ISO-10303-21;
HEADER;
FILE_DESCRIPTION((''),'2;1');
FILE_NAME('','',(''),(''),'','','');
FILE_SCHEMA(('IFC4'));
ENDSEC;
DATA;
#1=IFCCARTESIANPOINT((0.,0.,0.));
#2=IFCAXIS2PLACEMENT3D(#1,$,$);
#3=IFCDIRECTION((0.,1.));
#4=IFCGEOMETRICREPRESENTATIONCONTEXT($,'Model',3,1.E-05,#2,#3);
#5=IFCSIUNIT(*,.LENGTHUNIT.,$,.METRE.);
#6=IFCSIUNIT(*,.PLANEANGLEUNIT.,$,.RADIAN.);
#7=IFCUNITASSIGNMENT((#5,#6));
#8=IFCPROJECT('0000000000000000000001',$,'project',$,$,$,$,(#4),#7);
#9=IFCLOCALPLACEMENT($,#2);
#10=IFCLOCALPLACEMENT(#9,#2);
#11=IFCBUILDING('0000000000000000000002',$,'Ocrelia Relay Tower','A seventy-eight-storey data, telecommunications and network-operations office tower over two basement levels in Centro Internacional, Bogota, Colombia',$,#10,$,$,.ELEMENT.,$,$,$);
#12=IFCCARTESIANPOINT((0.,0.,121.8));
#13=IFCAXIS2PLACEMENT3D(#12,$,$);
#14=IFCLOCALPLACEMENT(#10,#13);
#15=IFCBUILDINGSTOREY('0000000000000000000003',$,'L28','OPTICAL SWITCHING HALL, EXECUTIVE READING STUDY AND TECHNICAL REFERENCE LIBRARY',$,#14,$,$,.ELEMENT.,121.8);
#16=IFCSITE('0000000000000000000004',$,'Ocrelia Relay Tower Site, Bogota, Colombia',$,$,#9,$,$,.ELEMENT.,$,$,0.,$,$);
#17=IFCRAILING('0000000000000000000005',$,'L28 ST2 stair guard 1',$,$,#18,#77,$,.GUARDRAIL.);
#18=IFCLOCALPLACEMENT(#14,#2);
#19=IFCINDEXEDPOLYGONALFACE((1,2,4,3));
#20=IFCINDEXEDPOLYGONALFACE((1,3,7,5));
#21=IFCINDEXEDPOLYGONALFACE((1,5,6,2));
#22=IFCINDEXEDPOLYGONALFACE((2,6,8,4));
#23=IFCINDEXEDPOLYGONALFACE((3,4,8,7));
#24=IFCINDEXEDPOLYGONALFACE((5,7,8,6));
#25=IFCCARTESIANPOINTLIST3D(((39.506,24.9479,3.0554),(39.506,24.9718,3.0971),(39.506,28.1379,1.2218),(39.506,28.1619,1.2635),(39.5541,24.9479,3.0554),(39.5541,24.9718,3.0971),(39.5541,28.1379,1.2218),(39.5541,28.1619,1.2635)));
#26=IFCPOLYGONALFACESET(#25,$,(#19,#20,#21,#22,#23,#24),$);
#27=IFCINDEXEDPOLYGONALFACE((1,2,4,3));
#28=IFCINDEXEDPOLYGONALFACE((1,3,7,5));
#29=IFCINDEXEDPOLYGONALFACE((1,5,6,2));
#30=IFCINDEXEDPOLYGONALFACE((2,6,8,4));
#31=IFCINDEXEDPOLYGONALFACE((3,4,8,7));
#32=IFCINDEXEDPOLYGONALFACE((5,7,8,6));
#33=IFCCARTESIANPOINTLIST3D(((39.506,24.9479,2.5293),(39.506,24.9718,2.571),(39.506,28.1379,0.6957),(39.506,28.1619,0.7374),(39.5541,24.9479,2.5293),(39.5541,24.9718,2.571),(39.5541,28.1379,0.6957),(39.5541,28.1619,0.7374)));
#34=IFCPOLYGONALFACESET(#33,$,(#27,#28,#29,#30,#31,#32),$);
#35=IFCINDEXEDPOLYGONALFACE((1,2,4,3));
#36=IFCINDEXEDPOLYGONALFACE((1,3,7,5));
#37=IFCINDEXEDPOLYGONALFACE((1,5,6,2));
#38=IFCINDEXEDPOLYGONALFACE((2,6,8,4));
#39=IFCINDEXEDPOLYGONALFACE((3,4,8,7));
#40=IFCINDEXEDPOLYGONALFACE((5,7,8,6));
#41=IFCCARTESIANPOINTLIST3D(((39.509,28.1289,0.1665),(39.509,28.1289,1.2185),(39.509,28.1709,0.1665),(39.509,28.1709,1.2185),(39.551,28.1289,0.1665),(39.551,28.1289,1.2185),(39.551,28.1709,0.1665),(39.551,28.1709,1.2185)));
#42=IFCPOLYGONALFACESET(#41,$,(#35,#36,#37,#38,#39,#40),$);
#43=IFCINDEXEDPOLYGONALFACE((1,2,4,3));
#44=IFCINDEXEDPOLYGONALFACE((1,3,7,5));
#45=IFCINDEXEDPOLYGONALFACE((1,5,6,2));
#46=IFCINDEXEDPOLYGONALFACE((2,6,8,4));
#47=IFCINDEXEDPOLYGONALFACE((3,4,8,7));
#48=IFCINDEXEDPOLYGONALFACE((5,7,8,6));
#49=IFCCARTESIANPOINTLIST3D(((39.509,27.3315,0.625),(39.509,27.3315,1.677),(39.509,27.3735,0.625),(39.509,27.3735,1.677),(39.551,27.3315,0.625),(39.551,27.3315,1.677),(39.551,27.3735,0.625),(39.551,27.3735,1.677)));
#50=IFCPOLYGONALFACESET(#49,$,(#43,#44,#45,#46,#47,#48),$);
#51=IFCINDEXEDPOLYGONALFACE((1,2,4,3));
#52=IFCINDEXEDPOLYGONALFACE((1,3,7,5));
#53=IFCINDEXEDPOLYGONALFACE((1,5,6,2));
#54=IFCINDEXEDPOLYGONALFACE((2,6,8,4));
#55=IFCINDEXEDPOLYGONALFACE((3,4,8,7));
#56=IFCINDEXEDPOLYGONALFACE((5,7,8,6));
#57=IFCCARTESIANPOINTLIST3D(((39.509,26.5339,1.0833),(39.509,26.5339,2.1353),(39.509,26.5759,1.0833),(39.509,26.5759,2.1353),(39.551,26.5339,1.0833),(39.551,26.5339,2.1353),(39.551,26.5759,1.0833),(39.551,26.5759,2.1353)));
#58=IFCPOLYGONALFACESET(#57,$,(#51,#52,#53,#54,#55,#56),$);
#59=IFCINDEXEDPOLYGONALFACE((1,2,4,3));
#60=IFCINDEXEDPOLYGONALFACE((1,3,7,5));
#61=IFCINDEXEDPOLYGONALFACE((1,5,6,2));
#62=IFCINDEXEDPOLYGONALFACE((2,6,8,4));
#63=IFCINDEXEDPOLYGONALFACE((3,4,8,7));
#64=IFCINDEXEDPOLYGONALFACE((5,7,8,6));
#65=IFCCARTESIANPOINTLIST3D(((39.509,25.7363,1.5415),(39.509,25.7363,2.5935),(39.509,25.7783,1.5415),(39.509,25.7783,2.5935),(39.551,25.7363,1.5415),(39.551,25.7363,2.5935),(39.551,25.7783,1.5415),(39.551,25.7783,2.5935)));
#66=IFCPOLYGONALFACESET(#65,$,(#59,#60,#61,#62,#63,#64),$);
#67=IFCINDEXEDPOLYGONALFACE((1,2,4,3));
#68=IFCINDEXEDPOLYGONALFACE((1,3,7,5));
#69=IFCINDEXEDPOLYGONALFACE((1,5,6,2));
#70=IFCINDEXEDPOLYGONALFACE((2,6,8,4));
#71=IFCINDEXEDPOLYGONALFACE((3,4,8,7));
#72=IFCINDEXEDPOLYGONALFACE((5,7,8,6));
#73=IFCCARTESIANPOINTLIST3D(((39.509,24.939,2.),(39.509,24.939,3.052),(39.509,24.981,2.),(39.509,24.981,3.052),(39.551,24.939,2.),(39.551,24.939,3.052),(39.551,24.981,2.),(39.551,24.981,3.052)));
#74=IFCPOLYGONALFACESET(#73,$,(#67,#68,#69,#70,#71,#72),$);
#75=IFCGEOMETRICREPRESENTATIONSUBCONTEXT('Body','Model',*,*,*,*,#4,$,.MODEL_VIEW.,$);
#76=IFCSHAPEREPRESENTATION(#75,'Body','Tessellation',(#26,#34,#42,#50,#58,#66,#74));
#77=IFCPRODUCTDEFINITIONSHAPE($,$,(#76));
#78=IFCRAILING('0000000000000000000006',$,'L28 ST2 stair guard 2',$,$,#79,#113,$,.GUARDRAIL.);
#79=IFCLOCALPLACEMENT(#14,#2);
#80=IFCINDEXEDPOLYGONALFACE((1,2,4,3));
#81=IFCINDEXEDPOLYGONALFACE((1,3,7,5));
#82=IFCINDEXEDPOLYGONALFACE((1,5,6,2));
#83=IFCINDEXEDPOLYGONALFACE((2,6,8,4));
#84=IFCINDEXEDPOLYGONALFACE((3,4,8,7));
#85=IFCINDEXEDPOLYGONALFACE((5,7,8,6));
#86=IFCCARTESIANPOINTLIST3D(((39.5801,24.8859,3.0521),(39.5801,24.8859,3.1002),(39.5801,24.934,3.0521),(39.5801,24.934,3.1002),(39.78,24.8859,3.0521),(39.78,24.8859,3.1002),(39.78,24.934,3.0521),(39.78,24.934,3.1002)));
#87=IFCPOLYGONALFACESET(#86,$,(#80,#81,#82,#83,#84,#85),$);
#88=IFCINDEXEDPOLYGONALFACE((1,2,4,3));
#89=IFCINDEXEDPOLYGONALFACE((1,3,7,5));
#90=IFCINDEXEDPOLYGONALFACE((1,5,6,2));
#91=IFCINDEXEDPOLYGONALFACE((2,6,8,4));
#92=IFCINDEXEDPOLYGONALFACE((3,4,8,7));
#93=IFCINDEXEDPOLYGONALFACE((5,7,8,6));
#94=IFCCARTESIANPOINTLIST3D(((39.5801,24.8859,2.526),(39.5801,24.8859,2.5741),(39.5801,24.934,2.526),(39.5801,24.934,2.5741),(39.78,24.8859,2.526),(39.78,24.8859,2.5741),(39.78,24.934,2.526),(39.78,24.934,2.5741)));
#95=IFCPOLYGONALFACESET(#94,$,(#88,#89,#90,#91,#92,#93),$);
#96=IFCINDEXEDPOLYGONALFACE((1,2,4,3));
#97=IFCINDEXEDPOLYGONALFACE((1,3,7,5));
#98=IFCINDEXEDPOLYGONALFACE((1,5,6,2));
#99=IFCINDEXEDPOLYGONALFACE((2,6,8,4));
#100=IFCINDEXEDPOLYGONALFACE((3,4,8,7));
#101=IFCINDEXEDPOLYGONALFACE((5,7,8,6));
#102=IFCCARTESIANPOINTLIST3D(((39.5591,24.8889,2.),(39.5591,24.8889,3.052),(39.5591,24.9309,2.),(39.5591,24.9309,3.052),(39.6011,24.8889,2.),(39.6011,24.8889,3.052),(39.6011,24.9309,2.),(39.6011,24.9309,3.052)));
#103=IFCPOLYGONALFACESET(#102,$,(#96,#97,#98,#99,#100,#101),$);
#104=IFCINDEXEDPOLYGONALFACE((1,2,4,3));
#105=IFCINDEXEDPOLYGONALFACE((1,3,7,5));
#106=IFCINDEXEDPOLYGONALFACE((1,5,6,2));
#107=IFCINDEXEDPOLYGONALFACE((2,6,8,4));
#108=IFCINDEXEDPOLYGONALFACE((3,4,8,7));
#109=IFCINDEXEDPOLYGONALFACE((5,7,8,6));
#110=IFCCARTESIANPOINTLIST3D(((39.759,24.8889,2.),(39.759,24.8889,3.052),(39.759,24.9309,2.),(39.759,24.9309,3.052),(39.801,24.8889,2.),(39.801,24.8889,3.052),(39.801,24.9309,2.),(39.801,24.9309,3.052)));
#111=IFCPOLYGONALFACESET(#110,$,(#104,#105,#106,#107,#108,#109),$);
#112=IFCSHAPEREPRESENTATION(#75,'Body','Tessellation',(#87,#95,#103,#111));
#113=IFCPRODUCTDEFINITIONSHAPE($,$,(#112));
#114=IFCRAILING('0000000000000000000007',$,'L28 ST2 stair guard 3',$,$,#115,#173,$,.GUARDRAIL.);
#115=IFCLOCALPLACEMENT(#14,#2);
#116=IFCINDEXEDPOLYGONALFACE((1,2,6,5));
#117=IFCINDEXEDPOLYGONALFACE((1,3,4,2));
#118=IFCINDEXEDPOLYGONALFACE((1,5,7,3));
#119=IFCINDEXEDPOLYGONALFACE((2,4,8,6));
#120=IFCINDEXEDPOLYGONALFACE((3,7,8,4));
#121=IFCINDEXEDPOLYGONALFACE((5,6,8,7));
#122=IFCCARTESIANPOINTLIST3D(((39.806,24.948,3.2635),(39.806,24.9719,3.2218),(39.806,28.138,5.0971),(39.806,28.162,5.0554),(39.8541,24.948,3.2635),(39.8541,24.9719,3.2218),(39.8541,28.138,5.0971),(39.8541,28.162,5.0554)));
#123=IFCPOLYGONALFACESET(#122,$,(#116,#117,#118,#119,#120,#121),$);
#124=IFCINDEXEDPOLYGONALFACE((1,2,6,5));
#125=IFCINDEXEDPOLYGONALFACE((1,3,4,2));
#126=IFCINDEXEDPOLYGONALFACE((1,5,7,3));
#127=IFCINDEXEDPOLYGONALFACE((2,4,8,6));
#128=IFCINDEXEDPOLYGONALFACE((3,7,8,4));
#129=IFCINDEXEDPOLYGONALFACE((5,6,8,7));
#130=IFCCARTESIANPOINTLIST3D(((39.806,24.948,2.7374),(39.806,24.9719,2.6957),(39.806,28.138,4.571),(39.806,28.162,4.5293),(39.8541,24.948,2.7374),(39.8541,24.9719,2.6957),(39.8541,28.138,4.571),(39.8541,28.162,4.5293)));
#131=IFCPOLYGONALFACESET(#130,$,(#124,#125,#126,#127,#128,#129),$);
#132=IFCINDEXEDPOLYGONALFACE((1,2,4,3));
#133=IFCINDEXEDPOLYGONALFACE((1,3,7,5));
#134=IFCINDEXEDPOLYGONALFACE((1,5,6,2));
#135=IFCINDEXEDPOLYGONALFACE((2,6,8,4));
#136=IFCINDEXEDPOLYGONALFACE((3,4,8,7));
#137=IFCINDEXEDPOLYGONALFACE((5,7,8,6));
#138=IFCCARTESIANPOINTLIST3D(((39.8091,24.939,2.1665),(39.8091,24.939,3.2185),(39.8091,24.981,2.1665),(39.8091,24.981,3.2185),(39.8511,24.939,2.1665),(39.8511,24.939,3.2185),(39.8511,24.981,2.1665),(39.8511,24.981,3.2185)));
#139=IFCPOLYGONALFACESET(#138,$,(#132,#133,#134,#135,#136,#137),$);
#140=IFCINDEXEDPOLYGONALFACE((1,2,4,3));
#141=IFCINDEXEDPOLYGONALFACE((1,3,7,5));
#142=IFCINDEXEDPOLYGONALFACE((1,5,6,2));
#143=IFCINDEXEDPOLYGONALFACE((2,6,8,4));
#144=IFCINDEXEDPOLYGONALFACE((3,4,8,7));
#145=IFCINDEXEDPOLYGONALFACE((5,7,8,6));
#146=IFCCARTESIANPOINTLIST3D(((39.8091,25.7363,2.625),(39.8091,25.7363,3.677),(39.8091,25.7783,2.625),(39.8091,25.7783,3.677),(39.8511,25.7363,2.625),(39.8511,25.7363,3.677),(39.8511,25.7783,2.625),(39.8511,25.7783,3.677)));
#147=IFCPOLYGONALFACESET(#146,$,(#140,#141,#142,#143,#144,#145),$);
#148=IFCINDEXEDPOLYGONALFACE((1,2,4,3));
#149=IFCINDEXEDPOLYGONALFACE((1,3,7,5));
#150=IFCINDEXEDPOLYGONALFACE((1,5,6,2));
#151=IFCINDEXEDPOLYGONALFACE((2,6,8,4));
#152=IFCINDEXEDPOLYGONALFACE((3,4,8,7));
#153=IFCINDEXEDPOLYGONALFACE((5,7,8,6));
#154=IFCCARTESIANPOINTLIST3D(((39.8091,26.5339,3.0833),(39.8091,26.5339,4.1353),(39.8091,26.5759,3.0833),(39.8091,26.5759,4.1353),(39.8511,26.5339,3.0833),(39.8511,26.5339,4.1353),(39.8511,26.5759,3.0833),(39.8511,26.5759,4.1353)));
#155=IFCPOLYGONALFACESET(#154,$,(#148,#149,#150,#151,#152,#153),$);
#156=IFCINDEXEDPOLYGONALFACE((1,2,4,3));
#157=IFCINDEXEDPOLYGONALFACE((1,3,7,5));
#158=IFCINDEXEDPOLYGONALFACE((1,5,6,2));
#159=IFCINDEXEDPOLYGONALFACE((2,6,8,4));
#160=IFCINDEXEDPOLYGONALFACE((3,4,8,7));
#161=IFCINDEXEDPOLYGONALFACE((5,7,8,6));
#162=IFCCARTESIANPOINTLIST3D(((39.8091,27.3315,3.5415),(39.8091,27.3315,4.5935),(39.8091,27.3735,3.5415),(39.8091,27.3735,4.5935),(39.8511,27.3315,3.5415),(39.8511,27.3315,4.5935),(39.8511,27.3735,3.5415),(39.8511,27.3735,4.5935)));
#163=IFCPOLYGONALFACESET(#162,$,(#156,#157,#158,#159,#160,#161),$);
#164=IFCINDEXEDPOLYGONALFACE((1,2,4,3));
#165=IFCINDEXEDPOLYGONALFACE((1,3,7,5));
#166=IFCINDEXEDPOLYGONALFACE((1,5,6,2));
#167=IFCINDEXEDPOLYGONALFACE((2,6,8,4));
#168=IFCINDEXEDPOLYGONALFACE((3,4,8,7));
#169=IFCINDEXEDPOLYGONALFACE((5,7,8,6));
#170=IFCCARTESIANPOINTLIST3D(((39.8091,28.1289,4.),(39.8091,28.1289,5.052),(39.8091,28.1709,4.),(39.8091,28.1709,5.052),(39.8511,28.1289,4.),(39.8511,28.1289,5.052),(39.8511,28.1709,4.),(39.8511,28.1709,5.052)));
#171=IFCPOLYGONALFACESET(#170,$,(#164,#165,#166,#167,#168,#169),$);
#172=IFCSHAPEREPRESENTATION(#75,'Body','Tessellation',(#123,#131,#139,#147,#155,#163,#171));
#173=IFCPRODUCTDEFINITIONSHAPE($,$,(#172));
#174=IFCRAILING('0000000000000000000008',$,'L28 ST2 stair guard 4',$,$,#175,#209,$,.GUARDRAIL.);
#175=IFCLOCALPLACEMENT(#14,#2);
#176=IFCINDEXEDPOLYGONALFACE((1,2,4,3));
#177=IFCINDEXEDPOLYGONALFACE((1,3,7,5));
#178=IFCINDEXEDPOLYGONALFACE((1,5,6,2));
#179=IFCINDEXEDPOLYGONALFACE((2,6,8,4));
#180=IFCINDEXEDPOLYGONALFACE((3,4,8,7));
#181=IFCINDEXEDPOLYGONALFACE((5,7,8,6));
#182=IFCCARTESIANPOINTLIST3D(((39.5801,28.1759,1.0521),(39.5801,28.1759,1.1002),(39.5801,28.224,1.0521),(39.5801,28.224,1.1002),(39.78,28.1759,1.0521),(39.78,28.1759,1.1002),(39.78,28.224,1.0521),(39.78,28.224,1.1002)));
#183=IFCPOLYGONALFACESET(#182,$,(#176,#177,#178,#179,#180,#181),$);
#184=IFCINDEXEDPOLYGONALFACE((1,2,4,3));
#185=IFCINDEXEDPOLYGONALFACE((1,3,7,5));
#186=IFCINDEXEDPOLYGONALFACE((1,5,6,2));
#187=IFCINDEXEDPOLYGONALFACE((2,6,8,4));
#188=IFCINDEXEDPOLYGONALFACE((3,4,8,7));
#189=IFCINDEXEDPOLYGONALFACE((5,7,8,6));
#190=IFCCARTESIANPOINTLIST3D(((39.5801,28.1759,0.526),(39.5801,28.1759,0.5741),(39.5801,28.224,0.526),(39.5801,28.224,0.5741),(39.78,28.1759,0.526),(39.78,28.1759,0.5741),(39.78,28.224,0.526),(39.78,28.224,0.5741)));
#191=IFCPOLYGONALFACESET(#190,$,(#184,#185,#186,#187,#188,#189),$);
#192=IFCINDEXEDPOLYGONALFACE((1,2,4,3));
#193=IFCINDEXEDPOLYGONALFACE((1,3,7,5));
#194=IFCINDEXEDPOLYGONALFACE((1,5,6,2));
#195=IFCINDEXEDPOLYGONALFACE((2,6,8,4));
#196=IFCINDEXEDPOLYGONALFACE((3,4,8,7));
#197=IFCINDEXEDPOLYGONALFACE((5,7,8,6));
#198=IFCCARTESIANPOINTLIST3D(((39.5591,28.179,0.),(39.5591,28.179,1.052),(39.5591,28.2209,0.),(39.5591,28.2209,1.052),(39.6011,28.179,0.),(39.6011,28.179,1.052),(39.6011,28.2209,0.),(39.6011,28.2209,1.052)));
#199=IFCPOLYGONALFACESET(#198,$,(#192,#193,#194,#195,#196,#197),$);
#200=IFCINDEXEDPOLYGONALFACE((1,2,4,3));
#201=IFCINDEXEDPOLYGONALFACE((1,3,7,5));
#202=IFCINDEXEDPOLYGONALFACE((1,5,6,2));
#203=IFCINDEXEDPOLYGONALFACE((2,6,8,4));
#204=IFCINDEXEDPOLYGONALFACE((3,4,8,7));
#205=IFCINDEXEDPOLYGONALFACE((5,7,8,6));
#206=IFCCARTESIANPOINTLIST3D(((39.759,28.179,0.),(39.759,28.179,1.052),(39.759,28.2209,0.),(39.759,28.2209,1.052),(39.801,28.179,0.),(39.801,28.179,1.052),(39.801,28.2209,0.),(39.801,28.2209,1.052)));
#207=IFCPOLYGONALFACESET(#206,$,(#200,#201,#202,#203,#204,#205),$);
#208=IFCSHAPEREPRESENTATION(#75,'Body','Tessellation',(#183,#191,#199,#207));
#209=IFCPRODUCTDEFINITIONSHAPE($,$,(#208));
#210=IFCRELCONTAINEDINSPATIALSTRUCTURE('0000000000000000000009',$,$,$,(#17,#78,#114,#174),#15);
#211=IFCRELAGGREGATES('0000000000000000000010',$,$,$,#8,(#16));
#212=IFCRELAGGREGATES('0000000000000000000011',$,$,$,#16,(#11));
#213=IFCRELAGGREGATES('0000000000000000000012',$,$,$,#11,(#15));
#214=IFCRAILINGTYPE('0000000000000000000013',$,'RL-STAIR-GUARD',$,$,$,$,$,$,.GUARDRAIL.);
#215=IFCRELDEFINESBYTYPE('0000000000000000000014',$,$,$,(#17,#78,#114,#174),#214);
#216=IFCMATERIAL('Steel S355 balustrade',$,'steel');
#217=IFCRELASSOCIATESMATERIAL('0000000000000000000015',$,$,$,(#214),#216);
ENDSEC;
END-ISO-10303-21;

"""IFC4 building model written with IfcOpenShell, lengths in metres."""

from ifc_helpers import new_model, si_unit, direction, frame, origin, origin_2d, place, context, subcontext, project, spatial, rectangle, extrude, material, type_object, element, save


model = new_model("IFC4")

# Units and contexts
model_context = context("Model", 3, precision=1e-05, world=origin(), true_north=direction((0.0, 1.0)))
body_context = subcontext(model_context, "Body", "Model", "MODEL_VIEW")
ifc_project = project(units=[si_unit("LENGTHUNIT", "METRE"), si_unit("PLANEANGLEUNIT", "RADIAN")], contexts=[model_context])

# Site, building, storey
site_placement = place(None, origin())
site = spatial("IfcSite", under=ifc_project, at=site_placement, Name="Ocrelia Relay Tower Site, Bogota, Colombia", CompositionType="ELEMENT", RefElevation=0.0)
building_placement = place(site_placement, origin())
building = spatial("IfcBuilding", under=site, at=building_placement, Name="Ocrelia Relay Tower", Description="A seventy-eight-storey data, telecommunications and network-operations office tower over two basement levels in Centro Internacional, Bogota, Colombia", CompositionType="ELEMENT")
storey_placement = place(building_placement, frame((0.0, 0.0, 121.8)))
storey = spatial("IfcBuildingStorey", under=building, at=storey_placement, Name="L28", Description="OPTICAL SWITCHING HALL, EXECUTIVE READING STUDY AND TECHNICAL REFERENCE LIBRARY", CompositionType="ELEMENT", Elevation=121.8)

# Railings
ifc_material_1 = material(Name="Steel S355 balustrade", Category="steel")
railing_type_1 = type_object("IfcRailingType", Name="RL-STAIR-GUARD", PredefinedType="GUARDRAIL", material=ifc_material_1)
railing_1_placement = place(storey_placement, frame((39.53, 28.1499, 0.1665)))
element("IfcRailing", 1, at=railing_1_placement, inside=storey, type_object=railing_type_1, Name="L28 ST2 stair guard 1", PredefinedType="GUARDRAIL", context=body_context, shape_type="SweptSolid", body=[
    extrude(rectangle(XDim=0.0481, YDim=0.0481, at=origin_2d()), frame((0.0, 0.0, 1.0762), z_axis=(0.0, -0.866991, 0.498324), x_axis=(1.0, 0.0, 0.0)), (0.0, 0.0, 1.0), 3.6794),
    extrude(rectangle(XDim=0.0481, YDim=0.0481, at=origin_2d()), frame((0.0, 0.0, 0.55), z_axis=(0.0, -0.866991, 0.498324), x_axis=(1.0, 0.0, 0.0)), (0.0, 0.0, 1.0), 3.6794),
    extrude(rectangle(XDim=0.042, YDim=0.042, at=origin_2d()), origin(), (0.0, 0.0, 1.0), 1.052),
    extrude(rectangle(XDim=0.042, YDim=0.042, at=origin_2d()), frame((0.0, -0.7974, 0.4585)), (0.0, 0.0, 1.0), 1.052),
    extrude(rectangle(XDim=0.042, YDim=0.042, at=origin_2d()), frame((0.0, -1.595, 0.9167)), (0.0, 0.0, 1.0), 1.052),
    extrude(rectangle(XDim=0.042, YDim=0.042, at=origin_2d()), frame((0.0, -2.3926, 1.375)), (0.0, 0.0, 1.0), 1.052),
    extrude(rectangle(XDim=0.042, YDim=0.042, at=origin_2d()), frame((0.0, -3.1899, 1.8335)), (0.0, 0.0, 1.0), 1.052),
])
railing_2_placement = place(storey_placement, frame((39.5801, 24.9099, 2.0)))
element("IfcRailing", 2, at=railing_2_placement, inside=storey, type_object=railing_type_1, Name="L28 ST2 stair guard 2", PredefinedType="GUARDRAIL", context=body_context, shape_type="SweptSolid", body=[
    extrude(rectangle(XDim=0.0481, YDim=0.0481, at=origin_2d()), frame((0.0, 0.0, 1.0762), z_axis=(1.0, 0.0, 0.0), x_axis=(0.0, 1.0, 0.0)), (0.0, 0.0, 1.0), 0.2),
    extrude(rectangle(XDim=0.0481, YDim=0.0481, at=origin_2d()), frame((0.0, 0.0, 0.55), z_axis=(1.0, 0.0, 0.0), x_axis=(0.0, 1.0, 0.0)), (0.0, 0.0, 1.0), 0.2),
    extrude(rectangle(XDim=0.042, YDim=0.042, at=origin_2d()), origin(), (0.0, 0.0, 1.0), 1.052),
    extrude(rectangle(XDim=0.042, YDim=0.042, at=origin_2d()), frame((0.2, 0.0, 0.0)), (0.0, 0.0, 1.0), 1.052),
])
railing_3_placement = place(storey_placement, frame((39.8301, 24.96, 2.1665)))
element("IfcRailing", 3, at=railing_3_placement, inside=storey, type_object=railing_type_1, Name="L28 ST2 stair guard 3", PredefinedType="GUARDRAIL", context=body_context, shape_type="SweptSolid", body=[
    extrude(rectangle(XDim=0.0481, YDim=0.0481, at=origin_2d()), frame((0.0, 0.0, 1.0762), z_axis=(0.0, 0.866991, 0.498324), x_axis=(-1.0, 0.0, 0.0)), (0.0, 0.0, 1.0), 3.6794),
    extrude(rectangle(XDim=0.0481, YDim=0.0481, at=origin_2d()), frame((0.0, 0.0, 0.55), z_axis=(0.0, 0.866991, 0.498324), x_axis=(-1.0, 0.0, 0.0)), (0.0, 0.0, 1.0), 3.6794),
    extrude(rectangle(XDim=0.042, YDim=0.042, at=origin_2d()), origin(), (0.0, 0.0, 1.0), 1.052),
    extrude(rectangle(XDim=0.042, YDim=0.042, at=origin_2d()), frame((0.0, 0.7974, 0.4585)), (0.0, 0.0, 1.0), 1.052),
    extrude(rectangle(XDim=0.042, YDim=0.042, at=origin_2d()), frame((0.0, 1.595, 0.9167)), (0.0, 0.0, 1.0), 1.052),
    extrude(rectangle(XDim=0.042, YDim=0.042, at=origin_2d()), frame((0.0, 2.3926, 1.375)), (0.0, 0.0, 1.0), 1.052),
    extrude(rectangle(XDim=0.042, YDim=0.042, at=origin_2d()), frame((0.0, 3.1899, 1.8335)), (0.0, 0.0, 1.0), 1.052),
])
railing_4_placement = place(storey_placement, frame((39.5801, 28.2, 0.0)))
element("IfcRailing", 4, at=railing_4_placement, inside=storey, type_object=railing_type_1, Name="L28 ST2 stair guard 4", PredefinedType="GUARDRAIL", context=body_context, shape_type="SweptSolid", body=[
    extrude(rectangle(XDim=0.0481, YDim=0.0481, at=origin_2d()), frame((0.0, 0.0, 1.0762), z_axis=(1.0, 0.0, 0.0), x_axis=(0.0, 1.0, 0.0)), (0.0, 0.0, 1.0), 0.2),
    extrude(rectangle(XDim=0.0481, YDim=0.0481, at=origin_2d()), frame((0.0, 0.0, 0.55), z_axis=(1.0, 0.0, 0.0), x_axis=(0.0, 1.0, 0.0)), (0.0, 0.0, 1.0), 0.2),
    extrude(rectangle(XDim=0.042, YDim=0.042, at=origin_2d()), origin(), (0.0, 0.0, 1.0), 1.052),
    extrude(rectangle(XDim=0.042, YDim=0.042, at=origin_2d()), frame((0.2, 0.0, 0.0)), (0.0, 0.0, 1.0), 1.052),
])

save(model, "model.ifc")
